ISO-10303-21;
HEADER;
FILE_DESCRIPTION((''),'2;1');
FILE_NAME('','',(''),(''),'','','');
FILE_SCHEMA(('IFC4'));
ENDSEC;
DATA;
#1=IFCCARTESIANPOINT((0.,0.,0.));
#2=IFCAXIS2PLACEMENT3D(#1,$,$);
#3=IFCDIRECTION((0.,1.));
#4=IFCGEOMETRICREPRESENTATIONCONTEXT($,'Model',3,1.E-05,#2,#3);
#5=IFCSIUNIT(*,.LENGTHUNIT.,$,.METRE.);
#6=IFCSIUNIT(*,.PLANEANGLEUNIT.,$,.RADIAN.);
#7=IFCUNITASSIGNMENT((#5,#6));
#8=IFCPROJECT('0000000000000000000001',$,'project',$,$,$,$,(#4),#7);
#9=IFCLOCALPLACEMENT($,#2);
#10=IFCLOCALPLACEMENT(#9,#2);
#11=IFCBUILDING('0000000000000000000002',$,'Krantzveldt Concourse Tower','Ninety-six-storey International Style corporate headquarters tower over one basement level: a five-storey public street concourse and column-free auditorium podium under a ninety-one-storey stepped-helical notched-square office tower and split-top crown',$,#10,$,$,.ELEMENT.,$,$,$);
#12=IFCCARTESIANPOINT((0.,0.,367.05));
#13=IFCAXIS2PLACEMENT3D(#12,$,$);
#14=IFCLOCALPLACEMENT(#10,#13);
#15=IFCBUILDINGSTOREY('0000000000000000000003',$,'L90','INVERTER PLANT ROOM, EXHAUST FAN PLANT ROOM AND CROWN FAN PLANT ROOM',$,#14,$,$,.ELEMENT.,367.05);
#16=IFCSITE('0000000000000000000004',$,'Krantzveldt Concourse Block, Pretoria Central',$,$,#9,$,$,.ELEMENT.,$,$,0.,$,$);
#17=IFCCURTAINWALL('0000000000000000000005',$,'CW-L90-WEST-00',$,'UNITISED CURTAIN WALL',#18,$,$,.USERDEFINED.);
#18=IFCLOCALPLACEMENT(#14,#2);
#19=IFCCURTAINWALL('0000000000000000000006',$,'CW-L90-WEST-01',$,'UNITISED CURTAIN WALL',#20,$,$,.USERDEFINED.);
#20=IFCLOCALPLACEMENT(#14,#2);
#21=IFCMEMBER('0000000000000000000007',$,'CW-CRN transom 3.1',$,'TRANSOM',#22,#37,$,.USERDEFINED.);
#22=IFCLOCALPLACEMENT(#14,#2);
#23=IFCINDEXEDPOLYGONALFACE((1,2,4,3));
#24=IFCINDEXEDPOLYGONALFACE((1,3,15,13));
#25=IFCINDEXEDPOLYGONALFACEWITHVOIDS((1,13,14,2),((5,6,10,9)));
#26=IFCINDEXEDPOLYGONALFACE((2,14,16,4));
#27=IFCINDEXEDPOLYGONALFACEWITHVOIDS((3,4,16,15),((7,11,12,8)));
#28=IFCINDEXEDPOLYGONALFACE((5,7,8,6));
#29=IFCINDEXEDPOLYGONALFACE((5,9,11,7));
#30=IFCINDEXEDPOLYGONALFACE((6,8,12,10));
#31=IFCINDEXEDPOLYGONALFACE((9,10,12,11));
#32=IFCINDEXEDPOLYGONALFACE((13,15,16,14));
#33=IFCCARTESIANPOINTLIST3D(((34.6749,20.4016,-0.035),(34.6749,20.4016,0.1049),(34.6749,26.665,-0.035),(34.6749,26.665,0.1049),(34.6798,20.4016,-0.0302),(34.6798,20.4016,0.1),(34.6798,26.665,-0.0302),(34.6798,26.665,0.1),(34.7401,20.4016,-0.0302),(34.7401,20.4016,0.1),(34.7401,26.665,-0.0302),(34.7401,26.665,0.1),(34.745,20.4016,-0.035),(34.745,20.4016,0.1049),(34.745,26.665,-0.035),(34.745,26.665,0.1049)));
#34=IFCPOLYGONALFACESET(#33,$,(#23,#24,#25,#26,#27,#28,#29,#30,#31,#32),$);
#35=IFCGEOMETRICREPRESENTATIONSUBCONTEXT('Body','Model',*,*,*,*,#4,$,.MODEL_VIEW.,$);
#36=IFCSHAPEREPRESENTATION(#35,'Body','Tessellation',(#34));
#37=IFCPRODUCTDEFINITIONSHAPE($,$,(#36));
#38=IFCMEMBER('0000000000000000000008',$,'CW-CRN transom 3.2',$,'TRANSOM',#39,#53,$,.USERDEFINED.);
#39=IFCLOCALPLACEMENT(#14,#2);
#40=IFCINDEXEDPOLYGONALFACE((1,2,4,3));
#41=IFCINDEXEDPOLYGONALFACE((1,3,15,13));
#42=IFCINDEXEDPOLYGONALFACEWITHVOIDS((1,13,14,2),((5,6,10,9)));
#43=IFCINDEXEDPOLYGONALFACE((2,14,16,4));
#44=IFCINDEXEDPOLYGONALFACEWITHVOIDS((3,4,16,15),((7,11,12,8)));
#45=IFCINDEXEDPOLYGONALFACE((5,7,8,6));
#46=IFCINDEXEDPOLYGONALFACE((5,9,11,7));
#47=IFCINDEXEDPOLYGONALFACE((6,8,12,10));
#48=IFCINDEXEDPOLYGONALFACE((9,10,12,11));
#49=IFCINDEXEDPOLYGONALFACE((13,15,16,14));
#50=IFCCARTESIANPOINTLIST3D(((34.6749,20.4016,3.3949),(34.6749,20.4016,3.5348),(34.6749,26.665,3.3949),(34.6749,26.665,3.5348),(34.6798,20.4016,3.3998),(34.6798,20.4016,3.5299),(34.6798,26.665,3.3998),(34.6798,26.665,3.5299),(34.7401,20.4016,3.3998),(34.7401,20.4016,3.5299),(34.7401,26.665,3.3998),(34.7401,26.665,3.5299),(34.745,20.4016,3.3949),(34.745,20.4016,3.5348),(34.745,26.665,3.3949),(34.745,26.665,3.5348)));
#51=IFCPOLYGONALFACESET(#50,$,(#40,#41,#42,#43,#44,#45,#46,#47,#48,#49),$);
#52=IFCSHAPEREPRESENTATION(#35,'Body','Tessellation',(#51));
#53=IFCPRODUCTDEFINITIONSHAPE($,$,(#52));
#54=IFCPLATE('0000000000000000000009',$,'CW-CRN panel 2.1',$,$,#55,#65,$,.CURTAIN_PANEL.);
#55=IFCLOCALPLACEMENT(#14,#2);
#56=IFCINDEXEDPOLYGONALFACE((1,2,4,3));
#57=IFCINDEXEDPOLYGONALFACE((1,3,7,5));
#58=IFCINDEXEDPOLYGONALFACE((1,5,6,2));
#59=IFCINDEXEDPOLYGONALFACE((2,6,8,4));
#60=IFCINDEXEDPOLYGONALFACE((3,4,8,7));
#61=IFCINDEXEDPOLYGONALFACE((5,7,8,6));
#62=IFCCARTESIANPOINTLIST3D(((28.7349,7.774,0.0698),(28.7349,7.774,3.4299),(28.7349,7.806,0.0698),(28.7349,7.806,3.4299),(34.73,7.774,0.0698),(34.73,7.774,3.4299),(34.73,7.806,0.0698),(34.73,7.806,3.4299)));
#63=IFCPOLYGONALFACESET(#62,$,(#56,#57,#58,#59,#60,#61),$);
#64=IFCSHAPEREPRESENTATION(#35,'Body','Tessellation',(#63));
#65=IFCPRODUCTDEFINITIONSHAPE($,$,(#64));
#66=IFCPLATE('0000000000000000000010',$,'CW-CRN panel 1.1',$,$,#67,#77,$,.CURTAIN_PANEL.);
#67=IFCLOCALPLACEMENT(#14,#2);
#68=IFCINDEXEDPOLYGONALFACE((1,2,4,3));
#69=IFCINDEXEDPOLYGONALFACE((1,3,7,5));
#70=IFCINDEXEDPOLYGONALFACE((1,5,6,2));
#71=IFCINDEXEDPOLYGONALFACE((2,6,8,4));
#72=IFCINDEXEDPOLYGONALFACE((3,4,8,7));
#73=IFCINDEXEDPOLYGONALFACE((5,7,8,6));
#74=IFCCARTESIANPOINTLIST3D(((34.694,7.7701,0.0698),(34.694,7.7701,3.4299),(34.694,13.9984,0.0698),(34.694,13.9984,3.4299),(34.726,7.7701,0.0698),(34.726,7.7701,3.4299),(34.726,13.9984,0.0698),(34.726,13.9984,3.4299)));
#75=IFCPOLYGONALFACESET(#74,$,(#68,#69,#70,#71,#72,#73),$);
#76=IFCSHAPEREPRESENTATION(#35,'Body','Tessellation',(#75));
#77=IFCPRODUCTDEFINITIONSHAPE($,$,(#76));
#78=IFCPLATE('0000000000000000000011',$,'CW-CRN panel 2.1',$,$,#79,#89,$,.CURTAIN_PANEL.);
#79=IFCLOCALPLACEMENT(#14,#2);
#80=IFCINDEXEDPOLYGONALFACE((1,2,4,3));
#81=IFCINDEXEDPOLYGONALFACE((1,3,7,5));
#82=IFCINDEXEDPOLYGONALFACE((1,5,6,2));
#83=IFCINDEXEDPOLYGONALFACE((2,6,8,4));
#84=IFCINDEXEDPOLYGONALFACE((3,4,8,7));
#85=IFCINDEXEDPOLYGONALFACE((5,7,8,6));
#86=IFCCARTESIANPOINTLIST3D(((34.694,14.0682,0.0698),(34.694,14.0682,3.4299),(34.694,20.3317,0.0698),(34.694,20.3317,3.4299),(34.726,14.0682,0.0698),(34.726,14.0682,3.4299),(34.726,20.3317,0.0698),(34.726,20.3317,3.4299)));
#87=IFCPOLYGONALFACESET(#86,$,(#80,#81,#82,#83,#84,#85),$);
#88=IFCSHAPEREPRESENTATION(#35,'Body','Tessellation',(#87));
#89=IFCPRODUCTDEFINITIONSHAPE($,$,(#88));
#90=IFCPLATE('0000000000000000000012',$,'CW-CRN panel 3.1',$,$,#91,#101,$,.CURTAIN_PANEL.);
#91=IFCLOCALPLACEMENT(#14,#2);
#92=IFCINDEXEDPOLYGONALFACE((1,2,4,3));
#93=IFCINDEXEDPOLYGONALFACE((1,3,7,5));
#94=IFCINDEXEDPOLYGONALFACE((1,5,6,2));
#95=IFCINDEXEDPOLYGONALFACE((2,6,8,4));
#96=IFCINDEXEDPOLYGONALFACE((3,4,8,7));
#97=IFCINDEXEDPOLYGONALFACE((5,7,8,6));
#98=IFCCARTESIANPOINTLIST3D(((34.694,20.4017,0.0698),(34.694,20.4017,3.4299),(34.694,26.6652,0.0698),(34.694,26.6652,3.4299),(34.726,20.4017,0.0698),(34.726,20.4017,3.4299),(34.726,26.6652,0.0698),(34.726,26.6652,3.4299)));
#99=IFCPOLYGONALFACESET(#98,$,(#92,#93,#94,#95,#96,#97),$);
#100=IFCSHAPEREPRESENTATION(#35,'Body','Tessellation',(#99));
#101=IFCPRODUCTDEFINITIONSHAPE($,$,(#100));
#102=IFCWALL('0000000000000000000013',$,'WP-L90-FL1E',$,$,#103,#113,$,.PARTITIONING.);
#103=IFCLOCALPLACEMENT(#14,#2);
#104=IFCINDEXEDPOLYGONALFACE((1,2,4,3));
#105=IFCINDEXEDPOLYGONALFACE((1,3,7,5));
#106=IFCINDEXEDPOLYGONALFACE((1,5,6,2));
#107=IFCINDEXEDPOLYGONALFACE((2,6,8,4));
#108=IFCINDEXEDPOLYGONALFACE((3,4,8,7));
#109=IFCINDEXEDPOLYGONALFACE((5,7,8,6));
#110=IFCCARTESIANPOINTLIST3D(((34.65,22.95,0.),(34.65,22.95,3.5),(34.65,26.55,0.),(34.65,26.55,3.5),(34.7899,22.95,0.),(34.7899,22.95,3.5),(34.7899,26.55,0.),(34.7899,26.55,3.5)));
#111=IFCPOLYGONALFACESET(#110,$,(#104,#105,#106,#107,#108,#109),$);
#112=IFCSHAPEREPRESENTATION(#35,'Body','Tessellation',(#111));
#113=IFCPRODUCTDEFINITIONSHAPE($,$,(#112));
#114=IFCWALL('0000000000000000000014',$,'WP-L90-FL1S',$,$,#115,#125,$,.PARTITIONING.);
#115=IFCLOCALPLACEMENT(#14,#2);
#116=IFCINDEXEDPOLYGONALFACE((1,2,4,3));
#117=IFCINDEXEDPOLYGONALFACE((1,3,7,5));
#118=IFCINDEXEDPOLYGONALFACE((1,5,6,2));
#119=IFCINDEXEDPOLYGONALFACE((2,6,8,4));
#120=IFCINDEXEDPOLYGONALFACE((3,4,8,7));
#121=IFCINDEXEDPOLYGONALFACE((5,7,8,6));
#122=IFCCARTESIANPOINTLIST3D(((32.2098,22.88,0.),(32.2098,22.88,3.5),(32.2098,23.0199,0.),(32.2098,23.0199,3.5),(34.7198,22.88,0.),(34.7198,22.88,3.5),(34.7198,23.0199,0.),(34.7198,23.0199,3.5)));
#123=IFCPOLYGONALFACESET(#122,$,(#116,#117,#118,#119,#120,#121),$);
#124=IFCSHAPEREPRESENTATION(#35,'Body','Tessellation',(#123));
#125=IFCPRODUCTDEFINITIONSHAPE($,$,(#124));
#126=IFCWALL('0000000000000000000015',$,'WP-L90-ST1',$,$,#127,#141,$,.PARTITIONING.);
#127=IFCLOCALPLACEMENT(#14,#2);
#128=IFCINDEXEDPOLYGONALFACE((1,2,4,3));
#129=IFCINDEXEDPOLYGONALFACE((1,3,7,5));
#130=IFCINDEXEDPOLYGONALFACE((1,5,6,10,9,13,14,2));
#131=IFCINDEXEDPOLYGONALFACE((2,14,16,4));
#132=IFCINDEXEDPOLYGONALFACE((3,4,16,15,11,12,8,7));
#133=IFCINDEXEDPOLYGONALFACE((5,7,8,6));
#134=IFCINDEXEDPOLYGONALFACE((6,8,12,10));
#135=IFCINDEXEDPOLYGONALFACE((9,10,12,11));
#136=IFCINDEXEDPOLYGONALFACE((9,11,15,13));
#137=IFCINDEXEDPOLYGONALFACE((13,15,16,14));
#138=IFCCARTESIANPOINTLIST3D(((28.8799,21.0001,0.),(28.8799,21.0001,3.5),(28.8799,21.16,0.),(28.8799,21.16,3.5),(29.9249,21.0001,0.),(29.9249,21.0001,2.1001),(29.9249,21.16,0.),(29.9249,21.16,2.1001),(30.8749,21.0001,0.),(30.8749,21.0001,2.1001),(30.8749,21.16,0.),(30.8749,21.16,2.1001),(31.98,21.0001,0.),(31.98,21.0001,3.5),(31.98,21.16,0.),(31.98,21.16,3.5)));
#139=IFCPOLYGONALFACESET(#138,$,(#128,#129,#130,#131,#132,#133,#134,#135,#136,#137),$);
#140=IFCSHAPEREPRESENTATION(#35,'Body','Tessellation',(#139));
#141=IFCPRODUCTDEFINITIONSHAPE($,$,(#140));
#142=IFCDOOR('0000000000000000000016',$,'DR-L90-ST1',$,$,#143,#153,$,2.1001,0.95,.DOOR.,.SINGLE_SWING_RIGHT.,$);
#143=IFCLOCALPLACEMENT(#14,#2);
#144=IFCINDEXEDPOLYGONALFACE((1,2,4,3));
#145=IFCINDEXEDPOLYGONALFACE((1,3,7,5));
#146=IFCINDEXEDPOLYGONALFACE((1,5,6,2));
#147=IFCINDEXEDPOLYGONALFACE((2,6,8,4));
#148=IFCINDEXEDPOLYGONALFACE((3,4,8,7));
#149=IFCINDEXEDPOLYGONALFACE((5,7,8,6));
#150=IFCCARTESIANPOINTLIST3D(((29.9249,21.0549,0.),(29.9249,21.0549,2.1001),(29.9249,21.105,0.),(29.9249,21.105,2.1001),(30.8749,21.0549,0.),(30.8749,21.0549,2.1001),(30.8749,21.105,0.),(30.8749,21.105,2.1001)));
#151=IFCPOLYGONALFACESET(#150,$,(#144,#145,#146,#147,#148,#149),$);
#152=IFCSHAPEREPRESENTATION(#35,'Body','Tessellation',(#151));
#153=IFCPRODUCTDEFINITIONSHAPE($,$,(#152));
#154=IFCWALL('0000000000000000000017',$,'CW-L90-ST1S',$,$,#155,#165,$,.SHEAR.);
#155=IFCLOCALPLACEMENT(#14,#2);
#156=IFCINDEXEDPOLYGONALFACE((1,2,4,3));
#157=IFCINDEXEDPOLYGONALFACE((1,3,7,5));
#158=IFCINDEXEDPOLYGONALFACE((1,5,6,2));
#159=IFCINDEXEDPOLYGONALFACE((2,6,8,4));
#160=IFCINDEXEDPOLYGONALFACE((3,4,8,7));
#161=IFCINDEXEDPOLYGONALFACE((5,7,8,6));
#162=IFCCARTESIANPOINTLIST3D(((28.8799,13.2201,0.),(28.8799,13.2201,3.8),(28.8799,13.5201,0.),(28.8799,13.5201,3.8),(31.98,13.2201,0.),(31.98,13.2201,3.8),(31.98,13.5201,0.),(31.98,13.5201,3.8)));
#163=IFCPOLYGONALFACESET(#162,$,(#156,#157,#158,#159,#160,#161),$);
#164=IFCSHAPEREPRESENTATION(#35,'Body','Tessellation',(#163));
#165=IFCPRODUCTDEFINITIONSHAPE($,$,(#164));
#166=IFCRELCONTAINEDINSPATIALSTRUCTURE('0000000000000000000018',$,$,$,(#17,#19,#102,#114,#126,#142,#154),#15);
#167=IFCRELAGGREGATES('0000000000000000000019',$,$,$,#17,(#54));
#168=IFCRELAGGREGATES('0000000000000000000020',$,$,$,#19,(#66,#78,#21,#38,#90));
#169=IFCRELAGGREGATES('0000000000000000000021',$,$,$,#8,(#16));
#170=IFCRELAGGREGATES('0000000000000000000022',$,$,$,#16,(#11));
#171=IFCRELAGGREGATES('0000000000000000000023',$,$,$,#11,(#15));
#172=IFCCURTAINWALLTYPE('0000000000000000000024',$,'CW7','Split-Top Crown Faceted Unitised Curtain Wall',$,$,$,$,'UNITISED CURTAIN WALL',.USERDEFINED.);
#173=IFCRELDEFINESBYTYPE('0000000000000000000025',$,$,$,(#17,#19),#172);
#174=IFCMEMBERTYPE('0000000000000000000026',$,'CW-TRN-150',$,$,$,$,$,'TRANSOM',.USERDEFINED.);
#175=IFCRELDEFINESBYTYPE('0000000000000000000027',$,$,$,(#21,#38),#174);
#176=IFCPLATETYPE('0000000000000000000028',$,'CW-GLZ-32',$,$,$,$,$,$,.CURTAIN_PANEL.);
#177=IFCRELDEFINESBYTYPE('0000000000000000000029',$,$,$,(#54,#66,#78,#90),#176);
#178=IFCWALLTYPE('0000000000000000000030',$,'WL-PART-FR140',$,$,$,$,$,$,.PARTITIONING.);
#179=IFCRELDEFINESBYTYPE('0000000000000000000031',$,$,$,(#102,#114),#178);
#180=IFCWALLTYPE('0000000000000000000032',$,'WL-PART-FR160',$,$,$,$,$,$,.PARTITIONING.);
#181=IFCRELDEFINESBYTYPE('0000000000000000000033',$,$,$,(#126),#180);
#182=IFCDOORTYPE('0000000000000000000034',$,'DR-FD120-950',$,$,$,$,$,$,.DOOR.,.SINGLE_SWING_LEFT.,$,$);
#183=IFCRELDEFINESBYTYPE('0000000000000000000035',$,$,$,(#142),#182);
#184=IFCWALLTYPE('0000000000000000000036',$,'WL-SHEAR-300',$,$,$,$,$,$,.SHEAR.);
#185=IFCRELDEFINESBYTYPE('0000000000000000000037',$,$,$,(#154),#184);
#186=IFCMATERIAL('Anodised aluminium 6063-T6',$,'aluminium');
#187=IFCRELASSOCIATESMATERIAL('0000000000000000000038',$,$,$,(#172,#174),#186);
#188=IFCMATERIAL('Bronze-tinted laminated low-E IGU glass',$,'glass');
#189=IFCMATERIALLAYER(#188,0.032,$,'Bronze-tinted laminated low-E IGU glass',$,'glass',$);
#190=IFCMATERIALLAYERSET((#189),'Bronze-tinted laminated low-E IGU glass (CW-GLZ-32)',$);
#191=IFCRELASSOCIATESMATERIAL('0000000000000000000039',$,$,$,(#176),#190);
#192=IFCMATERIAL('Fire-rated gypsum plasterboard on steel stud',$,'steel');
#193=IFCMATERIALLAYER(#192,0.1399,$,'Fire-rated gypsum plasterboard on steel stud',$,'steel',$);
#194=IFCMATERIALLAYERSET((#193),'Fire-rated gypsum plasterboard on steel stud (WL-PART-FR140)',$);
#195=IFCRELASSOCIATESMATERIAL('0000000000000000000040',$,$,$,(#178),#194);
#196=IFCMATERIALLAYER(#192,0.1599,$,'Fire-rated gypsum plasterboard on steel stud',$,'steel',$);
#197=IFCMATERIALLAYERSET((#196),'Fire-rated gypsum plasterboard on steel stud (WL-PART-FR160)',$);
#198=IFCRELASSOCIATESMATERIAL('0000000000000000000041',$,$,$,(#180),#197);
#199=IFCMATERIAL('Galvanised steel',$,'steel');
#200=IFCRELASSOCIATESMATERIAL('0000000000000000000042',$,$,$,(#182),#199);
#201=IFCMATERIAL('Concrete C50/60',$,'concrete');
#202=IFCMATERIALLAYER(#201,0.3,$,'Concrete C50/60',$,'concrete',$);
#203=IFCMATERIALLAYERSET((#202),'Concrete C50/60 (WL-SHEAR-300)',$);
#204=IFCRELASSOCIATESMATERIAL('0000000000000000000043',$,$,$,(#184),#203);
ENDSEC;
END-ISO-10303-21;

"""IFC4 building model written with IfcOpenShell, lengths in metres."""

from ifc_helpers import new_model, si_unit, direction, frame, frame_2d, origin, origin_2d, place, context, subcontext, project, spatial, rectangle, hollow_rectangle, extrude, source, transform, mapped, material, layer, layer_set, material_profile, profile_set, type_object, type_shapes, element, fill, aggregate, save


model = new_model("IFC4")

# Units and contexts
model_context = context("Model", 3, precision=1e-05, world=origin(), true_north=direction((0.0, 1.0)))
body_context = subcontext(model_context, "Body", "Model", "MODEL_VIEW")
ifc_project = project(units=[si_unit("LENGTHUNIT", "METRE"), si_unit("PLANEANGLEUNIT", "RADIAN")], contexts=[model_context])

# Site, building, storey
site_placement = place(None, origin())
site = spatial("IfcSite", under=ifc_project, at=site_placement, Name="Krantzveldt Concourse Block, Pretoria Central", CompositionType="ELEMENT", RefElevation=0.0)
building_placement = place(site_placement, origin())
building = spatial("IfcBuilding", under=site, at=building_placement, Name="Krantzveldt Concourse Tower", Description="Ninety-six-storey International Style corporate headquarters tower over one basement level: a five-storey public street concourse and column-free auditorium podium under a ninety-one-storey stepped-helical notched-square office tower and split-top crown", CompositionType="ELEMENT")
storey_placement = place(building_placement, frame((0.0, 0.0, 367.05)))
storey = spatial("IfcBuildingStorey", under=building, at=storey_placement, Name="L90", Description="INVERTER PLANT ROOM, EXHAUST FAN PLANT ROOM AND CROWN FAN PLANT ROOM", CompositionType="ELEMENT", Elevation=367.05)

# Curtain wall
ifc_material_1 = material(Name="Anodised aluminium 6063-T6", Category="aluminium")
curtain_wall_type = type_object("IfcCurtainWallType", Name="CW7", Description="Split-Top Crown Faceted Unitised Curtain Wall", ElementType="UNITISED CURTAIN WALL", PredefinedType="USERDEFINED", material=ifc_material_1)
curtain_wall_1_placement = place(storey_placement, origin())
curtain_wall_1 = element("IfcCurtainWall", 1, at=curtain_wall_1_placement, inside=storey, type_object=curtain_wall_type, Name="CW-L90-WEST-00", ObjectType="UNITISED CURTAIN WALL", PredefinedType="USERDEFINED")

# Curtain wall
curtain_wall_2_placement = place(storey_placement, origin())
curtain_wall_2 = element("IfcCurtainWall", 2, at=curtain_wall_2_placement, inside=storey, type_object=curtain_wall_type, Name="CW-L90-WEST-01", ObjectType="UNITISED CURTAIN WALL", PredefinedType="USERDEFINED")

# Members
ifc_material_profile_1 = material_profile(ifc_material_1, hollow_rectangle(XDim=0.0701, YDim=0.1399, WallThickness=0.0049, at=origin_2d()), Name="Anodised aluminium 6063-T6", Category="aluminium")
ifc_profile_set_1 = profile_set([ifc_material_profile_1], Name="Anodised aluminium 6063-T6 - ALU-TRAN 140x70x5")
member_type_1 = type_object("IfcMemberType", Name="CW-TRN-150", ElementType="TRANSOM", PredefinedType="USERDEFINED", material=ifc_profile_set_1)
shared_shape_1 = source(origin(), body_context, "Body", "SweptSolid", [
    extrude(hollow_rectangle(XDim=0.0701, YDim=0.1399, WallThickness=0.0049, at=origin_2d()), origin(), (0.0, 0.0, 1.0), 6.2634),
])
member_1_placement = place(storey_placement, frame((34.71, 20.4016, 0.0349), z_axis=(0.0, 1.0, 0.0), x_axis=(-1.0, 0.0, 0.0)))
member_1 = element("IfcMember", 3, at=member_1_placement, type_object=member_type_1, Name="CW-CRN transom 3.1", ObjectType="TRANSOM", PredefinedType="USERDEFINED", context=body_context, shape_type="MappedRepresentation", body=[
    mapped(shared_shape_1, transform((0.0, 0.0, 0.0), x_axis=(1.0, 0.0, 0.0), y_axis=(0.0, 1.0, 0.0), z_axis=(0.0, 0.0, 1.0), scale=1.0)),
])
member_2_placement = place(storey_placement, frame((34.71, 20.4016, 3.4648), z_axis=(0.0, 1.0, 0.0), x_axis=(-1.0, 0.0, 0.0)))
member_2 = element("IfcMember", 4, at=member_2_placement, type_object=member_type_1, Name="CW-CRN transom 3.2", ObjectType="TRANSOM", PredefinedType="USERDEFINED", context=body_context, shape_type="MappedRepresentation", body=[
    mapped(shared_shape_1, transform((0.0, 0.0, 0.0), x_axis=(1.0, 0.0, 0.0), y_axis=(0.0, 1.0, 0.0), z_axis=(0.0, 0.0, 1.0), scale=1.0)),
])

# Plates
ifc_material_2 = material(Name="Bronze-tinted laminated low-E IGU glass", Category="glass")
ifc_layer_1 = layer(ifc_material_2, 0.032, Name="Bronze-tinted laminated low-E IGU glass", Category="glass")
ifc_layer_set_1 = layer_set([ifc_layer_1], Name="Bronze-tinted laminated low-E IGU glass (CW-GLZ-32)")
plate_type = type_object("IfcPlateType", Name="CW-GLZ-32", PredefinedType="CURTAIN_PANEL", material=ifc_layer_set_1)
shared_shape_2 = source(origin(), body_context, "Body", "SweptSolid", [
    extrude(rectangle(XDim=5.9951, YDim=0.032, at=origin_2d()), origin(), (0.0, 0.0, 1.0), 3.3601),
])
plate_1_placement = place(storey_placement, frame((31.7324, 7.79, 0.0698), z_axis=(0.0, 0.0, 1.0), x_axis=(1.0, 0.0, 0.0)))
plate_1 = element("IfcPlate", 5, at=plate_1_placement, type_object=plate_type, Name="CW-CRN panel 2.1", PredefinedType="CURTAIN_PANEL", context=body_context, shape_type="MappedRepresentation", body=[
    mapped(shared_shape_2, transform((0.0, 0.0, 0.0), x_axis=(1.0, 0.0, 0.0), y_axis=(0.0, 1.0, 0.0), z_axis=(0.0, 0.0, 1.0), scale=1.0)),
])
aggregate(curtain_wall_1, [plate_1])
shared_shape_3 = source(origin(), body_context, "Body", "SweptSolid", [
    extrude(rectangle(XDim=6.2283, YDim=0.032, at=origin_2d()), origin(), (0.0, 0.0, 1.0), 3.3601),
])
plate_2_placement = place(storey_placement, frame((34.71, 10.8843, 0.0698), z_axis=(0.0, 0.0, 1.0), x_axis=(0.0, 1.0, 0.0)))
plate_2 = element("IfcPlate", 6, at=plate_2_placement, type_object=plate_type, Name="CW-CRN panel 1.1", PredefinedType="CURTAIN_PANEL", context=body_context, shape_type="MappedRepresentation", body=[
    mapped(shared_shape_3, transform((0.0, 0.0, 0.0), x_axis=(1.0, 0.0, 0.0), y_axis=(0.0, 1.0, 0.0), z_axis=(0.0, 0.0, 1.0), scale=1.0)),
])
shared_shape_4 = source(origin(), body_context, "Body", "SweptSolid", [
    extrude(rectangle(XDim=6.2634, YDim=0.032, at=origin_2d()), origin(), (0.0, 0.0, 1.0), 3.3601),
])
type_shapes(plate_type, [shared_shape_2, shared_shape_3, shared_shape_4])
plate_3_placement = place(storey_placement, frame((34.71, 17.2, 0.0698), z_axis=(0.0, 0.0, 1.0), x_axis=(0.0, 1.0, 0.0)))
plate_3 = element("IfcPlate", 7, at=plate_3_placement, type_object=plate_type, Name="CW-CRN panel 2.1", PredefinedType="CURTAIN_PANEL", context=body_context, shape_type="MappedRepresentation", body=[
    mapped(shared_shape_4, transform((0.0, 0.0, 0.0), x_axis=(1.0, 0.0, 0.0), y_axis=(0.0, 1.0, 0.0), z_axis=(0.0, 0.0, 1.0), scale=1.0)),
])
plate_4_placement = place(storey_placement, frame((34.71, 23.5334, 0.0698), z_axis=(0.0, 0.0, 1.0), x_axis=(0.0, 1.0, 0.0)))
plate_4 = element("IfcPlate", 8, at=plate_4_placement, type_object=plate_type, Name="CW-CRN panel 3.1", PredefinedType="CURTAIN_PANEL", context=body_context, shape_type="MappedRepresentation", body=[
    mapped(shared_shape_4, transform((0.0, 0.0, 0.0), x_axis=(1.0, 0.0, 0.0), y_axis=(0.0, 1.0, 0.0), z_axis=(0.0, 0.0, 1.0), scale=1.0)),
])
aggregate(curtain_wall_2, [plate_2, plate_3, member_1, member_2, plate_4])

# Walls
ifc_material_3 = material(Name="Fire-rated gypsum plasterboard on steel stud", Category="steel")
ifc_layer_2 = layer(ifc_material_3, 0.1399, Name="Fire-rated gypsum plasterboard on steel stud", Category="steel")
ifc_layer_set_2 = layer_set([ifc_layer_2], Name="Fire-rated gypsum plasterboard on steel stud (WL-PART-FR140)")
wall_type_1 = type_object("IfcWallType", Name="WL-PART-FR140", PredefinedType="PARTITIONING", material=ifc_layer_set_2)
wall_1_placement = place(storey_placement, frame((34.72, 22.95, 0.0), z_axis=(0.0, 0.0, 1.0), x_axis=(0.0, 1.0, 0.0)))
element("IfcWall", 9, at=wall_1_placement, inside=storey, type_object=wall_type_1, Name="WP-L90-FL1E", PredefinedType="PARTITIONING", context=body_context, shape_type="SweptSolid", body=[
    extrude(rectangle(XDim=3.6001, YDim=0.1399, at=frame_2d((1.8, 0.0))), origin(), (0.0, 0.0, 1.0), 3.5),
])
wall_2_placement = place(storey_placement, frame((32.21, 22.95, 0.0), z_axis=(0.0, 0.0, 1.0), x_axis=(1.0, 0.0, 0.0)))
element("IfcWall", 10, at=wall_2_placement, inside=storey, type_object=wall_type_1, Name="WP-L90-FL1S", PredefinedType="PARTITIONING", context=body_context, shape_type="SweptSolid", body=[
    extrude(rectangle(XDim=2.51, YDim=0.1399, at=frame_2d((1.2549, 0.0))), origin(), (0.0, 0.0, 1.0), 3.5),
])

# Wall, opening, door
ifc_layer_3 = layer(ifc_material_3, 0.1599, Name="Fire-rated gypsum plasterboard on steel stud", Category="steel")
ifc_layer_set_3 = layer_set([ifc_layer_3], Name="Fire-rated gypsum plasterboard on steel stud (WL-PART-FR160)")
wall_type_2 = type_object("IfcWallType", Name="WL-PART-FR160", PredefinedType="PARTITIONING", material=ifc_layer_set_3)
wall_3_placement = place(storey_placement, frame((28.8799, 21.0801, 0.0), z_axis=(0.0, 0.0, 1.0), x_axis=(1.0, 0.0, 0.0)))
wall_3 = element("IfcWall", 11, at=wall_3_placement, inside=storey, type_object=wall_type_2, Name="WP-L90-ST1", PredefinedType="PARTITIONING", context=body_context, shape_type="SweptSolid", body=[
    extrude(rectangle(XDim=3.1001, YDim=0.1599, at=frame_2d((1.55, 0.0))), origin(), (0.0, 0.0, 1.0), 3.5),
])
opening_1_placement = place(wall_3_placement, frame((1.0449, 0.0, 0.0)))
opening_1 = element("IfcOpeningElement", 12, at=opening_1_placement, cuts=wall_3, PredefinedType="OPENING", context=body_context, shape_type="SweptSolid", body=[
    extrude(rectangle(XDim=0.95, YDim=2.1001, at=frame_2d((0.4751, 1.05))), frame((0.0, 0.0898, 0.0), z_axis=(0.0, -1.0, 0.0), x_axis=(1.0, 0.0, 0.0)), (0.0, 0.0, 1.0), 0.1799),
])
ifc_material_4 = material(Name="Galvanised steel", Category="steel")
door_type_1 = type_object("IfcDoorType", Name="DR-FD120-950", OperationType="SINGLE_SWING_LEFT", PredefinedType="DOOR", material=ifc_material_4)
door_1_placement = place(opening_1_placement, origin())
door_1 = element("IfcDoor", 13, at=door_1_placement, inside=storey, type_object=door_type_1, Name="DR-L90-ST1", OperationType="SINGLE_SWING_RIGHT", OverallHeight=2.1001, OverallWidth=0.95, PredefinedType="DOOR", context=body_context, shape_type="SweptSolid", body=[
    extrude(rectangle(XDim=0.95, YDim=2.1001, at=frame_2d((0.4751, 1.05))), frame((0.0, 0.0249, 0.0), z_axis=(0.0, -1.0, 0.0), x_axis=(1.0, 0.0, 0.0)), (0.0, 0.0, 1.0), 0.05),
])
fill(opening_1, door_1)

# Wall
ifc_material_5 = material(Name="Concrete C50/60", Category="concrete")
ifc_layer_4 = layer(ifc_material_5, 0.3, Name="Concrete C50/60", Category="concrete")
ifc_layer_set_4 = layer_set([ifc_layer_4], Name="Concrete C50/60 (WL-SHEAR-300)")
wall_type_3 = type_object("IfcWallType", Name="WL-SHEAR-300", PredefinedType="SHEAR", material=ifc_layer_set_4)
wall_4_placement = place(storey_placement, frame((28.8799, 13.3701, 0.0), z_axis=(0.0, 0.0, 1.0), x_axis=(1.0, 0.0, 0.0)))
element("IfcWall", 14, at=wall_4_placement, inside=storey, type_object=wall_type_3, Name="CW-L90-ST1S", PredefinedType="SHEAR", context=body_context, shape_type="SweptSolid", body=[
    extrude(rectangle(XDim=3.1001, YDim=0.3, at=frame_2d((1.55, 0.0))), origin(), (0.0, 0.0, 1.0), 3.8),
])

save(model, "model.ifc")
